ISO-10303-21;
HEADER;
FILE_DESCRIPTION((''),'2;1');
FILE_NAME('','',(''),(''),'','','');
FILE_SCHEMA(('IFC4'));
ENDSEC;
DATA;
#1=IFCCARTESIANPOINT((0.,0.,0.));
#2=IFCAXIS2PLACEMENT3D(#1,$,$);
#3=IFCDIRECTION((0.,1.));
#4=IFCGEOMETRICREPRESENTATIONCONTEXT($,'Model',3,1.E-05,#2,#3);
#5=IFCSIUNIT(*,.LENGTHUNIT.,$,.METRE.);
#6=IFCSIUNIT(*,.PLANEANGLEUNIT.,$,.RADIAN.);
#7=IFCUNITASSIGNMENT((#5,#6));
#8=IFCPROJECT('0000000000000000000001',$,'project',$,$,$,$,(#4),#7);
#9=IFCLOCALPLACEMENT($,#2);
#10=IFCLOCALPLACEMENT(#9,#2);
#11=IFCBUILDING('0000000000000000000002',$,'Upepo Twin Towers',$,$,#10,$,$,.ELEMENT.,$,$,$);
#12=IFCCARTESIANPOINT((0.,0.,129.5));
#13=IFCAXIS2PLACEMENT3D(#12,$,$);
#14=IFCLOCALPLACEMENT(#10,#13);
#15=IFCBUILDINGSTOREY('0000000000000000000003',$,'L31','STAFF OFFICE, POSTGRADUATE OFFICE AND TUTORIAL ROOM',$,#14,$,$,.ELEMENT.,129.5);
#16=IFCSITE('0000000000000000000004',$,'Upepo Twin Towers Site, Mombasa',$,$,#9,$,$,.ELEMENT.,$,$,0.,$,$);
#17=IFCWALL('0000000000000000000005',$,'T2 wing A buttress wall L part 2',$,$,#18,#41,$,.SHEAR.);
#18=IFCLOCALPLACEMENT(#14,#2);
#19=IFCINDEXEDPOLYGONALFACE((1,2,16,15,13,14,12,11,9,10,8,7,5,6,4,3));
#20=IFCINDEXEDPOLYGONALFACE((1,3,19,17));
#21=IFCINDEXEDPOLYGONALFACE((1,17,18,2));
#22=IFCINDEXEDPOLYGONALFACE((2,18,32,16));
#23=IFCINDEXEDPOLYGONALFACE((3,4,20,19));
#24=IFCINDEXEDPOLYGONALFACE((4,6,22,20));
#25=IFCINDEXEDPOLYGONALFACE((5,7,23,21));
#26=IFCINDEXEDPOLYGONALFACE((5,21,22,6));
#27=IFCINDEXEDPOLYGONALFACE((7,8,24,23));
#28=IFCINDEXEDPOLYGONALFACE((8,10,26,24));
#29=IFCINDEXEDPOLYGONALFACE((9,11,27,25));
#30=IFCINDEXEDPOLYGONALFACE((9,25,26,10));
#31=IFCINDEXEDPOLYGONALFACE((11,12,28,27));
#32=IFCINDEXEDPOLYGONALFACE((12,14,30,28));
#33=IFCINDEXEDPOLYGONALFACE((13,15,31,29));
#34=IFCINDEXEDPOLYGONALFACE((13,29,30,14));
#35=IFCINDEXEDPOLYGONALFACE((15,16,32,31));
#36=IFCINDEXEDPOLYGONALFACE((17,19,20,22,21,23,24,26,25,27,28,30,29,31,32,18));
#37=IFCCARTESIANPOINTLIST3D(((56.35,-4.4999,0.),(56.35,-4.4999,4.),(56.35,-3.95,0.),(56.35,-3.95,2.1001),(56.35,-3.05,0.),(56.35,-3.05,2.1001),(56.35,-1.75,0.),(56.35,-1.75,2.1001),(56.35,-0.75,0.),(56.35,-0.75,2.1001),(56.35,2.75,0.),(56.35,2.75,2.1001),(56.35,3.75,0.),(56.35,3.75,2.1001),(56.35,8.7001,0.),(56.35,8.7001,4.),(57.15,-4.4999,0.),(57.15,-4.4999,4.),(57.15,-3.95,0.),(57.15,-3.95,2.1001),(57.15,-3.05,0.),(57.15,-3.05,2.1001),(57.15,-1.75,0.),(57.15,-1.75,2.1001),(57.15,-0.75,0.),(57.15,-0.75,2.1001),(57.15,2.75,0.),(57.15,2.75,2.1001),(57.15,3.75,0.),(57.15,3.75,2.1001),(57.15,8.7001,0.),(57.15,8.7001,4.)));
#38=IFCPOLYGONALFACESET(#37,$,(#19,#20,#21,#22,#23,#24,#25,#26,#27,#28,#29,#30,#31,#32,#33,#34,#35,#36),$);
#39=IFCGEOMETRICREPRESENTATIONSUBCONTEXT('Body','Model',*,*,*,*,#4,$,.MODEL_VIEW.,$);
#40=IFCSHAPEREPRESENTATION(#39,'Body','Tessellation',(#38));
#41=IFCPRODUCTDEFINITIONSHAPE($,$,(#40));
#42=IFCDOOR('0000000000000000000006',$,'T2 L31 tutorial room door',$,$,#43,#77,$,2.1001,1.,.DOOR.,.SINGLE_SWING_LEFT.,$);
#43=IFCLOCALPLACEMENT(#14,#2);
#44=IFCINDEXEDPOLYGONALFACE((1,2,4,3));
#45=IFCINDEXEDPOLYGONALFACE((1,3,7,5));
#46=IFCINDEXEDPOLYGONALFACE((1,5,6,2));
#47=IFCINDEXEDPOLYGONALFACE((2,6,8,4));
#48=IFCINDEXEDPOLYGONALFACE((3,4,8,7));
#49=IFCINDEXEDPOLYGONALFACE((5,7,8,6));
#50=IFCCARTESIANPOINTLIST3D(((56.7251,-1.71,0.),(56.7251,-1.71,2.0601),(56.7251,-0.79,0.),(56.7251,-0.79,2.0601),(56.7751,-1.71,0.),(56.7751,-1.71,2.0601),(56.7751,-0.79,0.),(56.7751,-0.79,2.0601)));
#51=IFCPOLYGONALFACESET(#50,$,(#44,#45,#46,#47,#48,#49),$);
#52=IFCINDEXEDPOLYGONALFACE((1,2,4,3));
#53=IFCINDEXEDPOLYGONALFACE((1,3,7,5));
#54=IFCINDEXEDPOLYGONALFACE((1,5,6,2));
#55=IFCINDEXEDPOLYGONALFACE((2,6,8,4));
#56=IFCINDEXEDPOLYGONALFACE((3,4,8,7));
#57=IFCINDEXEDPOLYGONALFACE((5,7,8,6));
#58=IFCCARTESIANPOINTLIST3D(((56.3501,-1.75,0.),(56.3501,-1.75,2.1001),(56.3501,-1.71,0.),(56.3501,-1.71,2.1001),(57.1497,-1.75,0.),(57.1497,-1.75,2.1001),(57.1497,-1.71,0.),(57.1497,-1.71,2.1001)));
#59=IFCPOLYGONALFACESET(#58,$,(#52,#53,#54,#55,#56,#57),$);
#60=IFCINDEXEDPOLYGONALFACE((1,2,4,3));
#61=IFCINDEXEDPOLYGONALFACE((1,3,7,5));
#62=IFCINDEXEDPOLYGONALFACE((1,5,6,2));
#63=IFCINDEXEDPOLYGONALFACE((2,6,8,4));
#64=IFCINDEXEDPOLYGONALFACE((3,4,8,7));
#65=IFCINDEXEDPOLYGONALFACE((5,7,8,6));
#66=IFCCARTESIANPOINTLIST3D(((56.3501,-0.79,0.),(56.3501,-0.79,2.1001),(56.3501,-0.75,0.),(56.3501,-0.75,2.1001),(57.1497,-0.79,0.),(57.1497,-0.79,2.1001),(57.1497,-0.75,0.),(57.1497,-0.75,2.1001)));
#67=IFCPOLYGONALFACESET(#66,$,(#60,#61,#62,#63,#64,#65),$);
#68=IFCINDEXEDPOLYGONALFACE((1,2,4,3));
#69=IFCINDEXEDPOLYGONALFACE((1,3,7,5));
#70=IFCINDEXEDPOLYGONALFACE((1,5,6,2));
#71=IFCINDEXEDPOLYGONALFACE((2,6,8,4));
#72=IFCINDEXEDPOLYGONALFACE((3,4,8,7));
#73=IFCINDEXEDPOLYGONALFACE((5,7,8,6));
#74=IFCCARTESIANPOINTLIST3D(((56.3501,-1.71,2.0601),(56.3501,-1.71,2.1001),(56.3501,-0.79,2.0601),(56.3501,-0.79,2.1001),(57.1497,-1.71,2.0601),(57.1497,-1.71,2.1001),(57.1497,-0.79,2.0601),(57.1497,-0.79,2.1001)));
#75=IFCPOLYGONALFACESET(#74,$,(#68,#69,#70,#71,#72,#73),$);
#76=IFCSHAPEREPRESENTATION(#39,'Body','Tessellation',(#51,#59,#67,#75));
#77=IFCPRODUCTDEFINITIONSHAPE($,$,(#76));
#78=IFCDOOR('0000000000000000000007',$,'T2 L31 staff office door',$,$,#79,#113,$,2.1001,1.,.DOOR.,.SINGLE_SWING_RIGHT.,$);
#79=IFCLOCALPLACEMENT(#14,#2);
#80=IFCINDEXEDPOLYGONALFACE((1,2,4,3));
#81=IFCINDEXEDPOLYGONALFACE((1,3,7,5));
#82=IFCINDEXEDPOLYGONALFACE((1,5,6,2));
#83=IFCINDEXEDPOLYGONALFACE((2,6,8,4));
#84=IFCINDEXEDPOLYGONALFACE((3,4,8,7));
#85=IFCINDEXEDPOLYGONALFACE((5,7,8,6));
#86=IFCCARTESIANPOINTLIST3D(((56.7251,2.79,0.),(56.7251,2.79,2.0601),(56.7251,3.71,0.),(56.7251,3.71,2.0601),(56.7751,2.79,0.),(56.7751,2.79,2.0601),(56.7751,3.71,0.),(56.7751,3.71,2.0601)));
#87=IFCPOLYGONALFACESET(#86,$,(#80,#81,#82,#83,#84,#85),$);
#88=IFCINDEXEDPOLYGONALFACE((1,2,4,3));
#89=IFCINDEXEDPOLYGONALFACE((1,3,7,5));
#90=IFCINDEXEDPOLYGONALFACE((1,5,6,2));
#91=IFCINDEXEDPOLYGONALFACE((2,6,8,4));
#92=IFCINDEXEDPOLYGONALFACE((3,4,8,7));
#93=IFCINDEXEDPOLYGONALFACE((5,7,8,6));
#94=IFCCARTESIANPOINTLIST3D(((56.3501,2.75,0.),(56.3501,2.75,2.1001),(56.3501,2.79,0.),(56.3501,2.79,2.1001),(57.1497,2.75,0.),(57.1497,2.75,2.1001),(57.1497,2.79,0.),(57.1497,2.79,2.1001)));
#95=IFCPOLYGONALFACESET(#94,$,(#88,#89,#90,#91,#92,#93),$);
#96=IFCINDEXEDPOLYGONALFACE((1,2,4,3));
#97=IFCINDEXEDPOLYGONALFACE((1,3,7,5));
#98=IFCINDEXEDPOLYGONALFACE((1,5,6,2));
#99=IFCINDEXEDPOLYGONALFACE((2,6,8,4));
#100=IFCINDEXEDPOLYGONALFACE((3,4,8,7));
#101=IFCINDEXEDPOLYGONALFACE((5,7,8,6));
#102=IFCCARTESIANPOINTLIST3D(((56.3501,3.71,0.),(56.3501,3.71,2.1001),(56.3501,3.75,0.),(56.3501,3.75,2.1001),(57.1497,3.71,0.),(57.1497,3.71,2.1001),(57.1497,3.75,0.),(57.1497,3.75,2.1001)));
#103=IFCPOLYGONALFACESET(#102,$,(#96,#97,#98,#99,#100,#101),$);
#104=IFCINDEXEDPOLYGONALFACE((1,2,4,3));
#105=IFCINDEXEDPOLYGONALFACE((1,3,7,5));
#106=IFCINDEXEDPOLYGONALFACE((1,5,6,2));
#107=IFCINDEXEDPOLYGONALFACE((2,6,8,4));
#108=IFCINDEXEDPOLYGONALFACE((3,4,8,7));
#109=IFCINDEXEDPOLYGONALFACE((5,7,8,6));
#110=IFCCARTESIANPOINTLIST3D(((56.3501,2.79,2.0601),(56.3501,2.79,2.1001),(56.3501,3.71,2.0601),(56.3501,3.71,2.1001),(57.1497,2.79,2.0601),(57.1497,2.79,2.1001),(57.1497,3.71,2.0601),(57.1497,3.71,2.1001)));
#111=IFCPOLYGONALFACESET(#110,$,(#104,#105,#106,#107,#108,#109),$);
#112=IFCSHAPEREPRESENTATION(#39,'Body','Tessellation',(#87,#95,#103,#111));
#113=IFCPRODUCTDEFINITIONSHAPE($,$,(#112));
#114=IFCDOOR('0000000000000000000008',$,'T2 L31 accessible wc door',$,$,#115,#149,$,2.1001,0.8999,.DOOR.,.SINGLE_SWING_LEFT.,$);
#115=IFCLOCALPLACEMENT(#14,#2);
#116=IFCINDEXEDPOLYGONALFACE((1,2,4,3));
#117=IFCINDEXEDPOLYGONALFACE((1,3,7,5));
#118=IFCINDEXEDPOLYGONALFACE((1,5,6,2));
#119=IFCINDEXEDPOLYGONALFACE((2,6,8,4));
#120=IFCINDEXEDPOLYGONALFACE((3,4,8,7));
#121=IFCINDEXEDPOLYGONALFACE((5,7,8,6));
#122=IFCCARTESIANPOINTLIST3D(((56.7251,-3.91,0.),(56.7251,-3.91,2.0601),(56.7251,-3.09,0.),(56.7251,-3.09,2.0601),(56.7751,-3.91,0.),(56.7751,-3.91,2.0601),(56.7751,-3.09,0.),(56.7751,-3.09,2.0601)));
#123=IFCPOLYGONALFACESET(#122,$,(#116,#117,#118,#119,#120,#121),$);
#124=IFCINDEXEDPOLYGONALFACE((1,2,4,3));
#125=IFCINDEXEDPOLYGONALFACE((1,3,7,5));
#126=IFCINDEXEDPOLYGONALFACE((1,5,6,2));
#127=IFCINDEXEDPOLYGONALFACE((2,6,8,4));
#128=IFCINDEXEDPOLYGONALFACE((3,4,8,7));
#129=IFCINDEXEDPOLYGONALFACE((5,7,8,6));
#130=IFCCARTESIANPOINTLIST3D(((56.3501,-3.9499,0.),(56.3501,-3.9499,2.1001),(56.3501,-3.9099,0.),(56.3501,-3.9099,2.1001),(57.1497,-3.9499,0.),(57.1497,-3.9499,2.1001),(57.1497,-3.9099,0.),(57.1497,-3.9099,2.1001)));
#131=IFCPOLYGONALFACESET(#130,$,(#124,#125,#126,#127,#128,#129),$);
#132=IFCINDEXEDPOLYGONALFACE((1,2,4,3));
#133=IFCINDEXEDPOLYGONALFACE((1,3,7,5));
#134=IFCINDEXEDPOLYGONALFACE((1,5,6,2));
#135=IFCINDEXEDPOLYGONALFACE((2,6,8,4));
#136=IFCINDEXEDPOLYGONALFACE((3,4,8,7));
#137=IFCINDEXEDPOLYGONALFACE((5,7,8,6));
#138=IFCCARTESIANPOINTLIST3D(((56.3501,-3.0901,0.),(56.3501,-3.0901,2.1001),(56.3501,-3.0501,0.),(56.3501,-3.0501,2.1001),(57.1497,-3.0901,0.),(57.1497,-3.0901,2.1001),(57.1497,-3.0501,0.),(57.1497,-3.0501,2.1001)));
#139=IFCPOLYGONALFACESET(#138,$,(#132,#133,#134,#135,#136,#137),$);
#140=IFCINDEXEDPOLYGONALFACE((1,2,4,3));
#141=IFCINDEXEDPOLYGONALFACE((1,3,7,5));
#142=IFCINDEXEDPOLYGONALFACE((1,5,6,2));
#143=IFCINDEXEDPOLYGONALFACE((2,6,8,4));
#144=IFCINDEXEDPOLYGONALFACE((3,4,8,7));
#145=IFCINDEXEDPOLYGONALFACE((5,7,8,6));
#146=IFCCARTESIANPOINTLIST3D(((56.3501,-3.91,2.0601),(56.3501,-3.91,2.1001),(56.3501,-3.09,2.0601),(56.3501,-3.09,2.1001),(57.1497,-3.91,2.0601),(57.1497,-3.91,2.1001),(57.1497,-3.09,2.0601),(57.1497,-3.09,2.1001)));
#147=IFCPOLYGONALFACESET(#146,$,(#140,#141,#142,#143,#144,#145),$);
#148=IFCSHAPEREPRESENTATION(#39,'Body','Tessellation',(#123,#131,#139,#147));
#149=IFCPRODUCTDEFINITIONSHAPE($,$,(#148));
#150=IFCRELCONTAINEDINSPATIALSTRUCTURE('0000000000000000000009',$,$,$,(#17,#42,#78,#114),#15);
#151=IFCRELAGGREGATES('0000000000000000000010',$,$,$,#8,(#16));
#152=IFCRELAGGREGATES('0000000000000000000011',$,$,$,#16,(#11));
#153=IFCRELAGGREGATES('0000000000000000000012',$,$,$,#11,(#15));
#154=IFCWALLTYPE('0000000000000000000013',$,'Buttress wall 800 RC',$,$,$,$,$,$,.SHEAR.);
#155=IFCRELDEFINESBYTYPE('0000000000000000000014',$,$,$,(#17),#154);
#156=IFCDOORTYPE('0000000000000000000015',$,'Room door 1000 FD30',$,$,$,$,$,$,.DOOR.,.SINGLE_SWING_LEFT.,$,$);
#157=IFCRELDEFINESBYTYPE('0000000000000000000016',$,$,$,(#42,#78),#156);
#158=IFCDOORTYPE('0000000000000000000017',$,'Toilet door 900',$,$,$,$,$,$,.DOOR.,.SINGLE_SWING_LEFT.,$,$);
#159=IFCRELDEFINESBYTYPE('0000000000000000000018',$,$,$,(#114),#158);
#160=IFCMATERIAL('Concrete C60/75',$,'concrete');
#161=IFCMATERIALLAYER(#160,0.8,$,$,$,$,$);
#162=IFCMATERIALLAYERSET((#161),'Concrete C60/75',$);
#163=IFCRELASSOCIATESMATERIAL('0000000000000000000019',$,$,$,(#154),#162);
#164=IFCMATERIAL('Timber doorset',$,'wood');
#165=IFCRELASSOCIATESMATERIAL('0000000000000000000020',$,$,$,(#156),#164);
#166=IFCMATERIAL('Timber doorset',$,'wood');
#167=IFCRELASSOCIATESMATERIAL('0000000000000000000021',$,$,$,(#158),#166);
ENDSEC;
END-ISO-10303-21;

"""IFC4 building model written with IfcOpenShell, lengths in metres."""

from ifc_helpers import new_model, si_unit, direction, frame, frame_2d, origin, place, context, subcontext, project, spatial, rectangle, extrude, material, layer, layer_set, type_object, element, fill, save


model = new_model("IFC4")

# Units and contexts
model_context = context("Model", 3, precision=1e-05, world=origin(), true_north=direction((0.0, 1.0)))
body_context = subcontext(model_context, "Body", "Model", "MODEL_VIEW")
ifc_project = project(units=[si_unit("LENGTHUNIT", "METRE"), si_unit("PLANEANGLEUNIT", "RADIAN")], contexts=[model_context])

# Site, building, storey
site_placement = place(None, origin())
site = spatial("IfcSite", under=ifc_project, at=site_placement, Name="Upepo Twin Towers Site, Mombasa", CompositionType="ELEMENT", RefElevation=0.0)
building_placement = place(site_placement, origin())
building = spatial("IfcBuilding", under=site, at=building_placement, Name="Upepo Twin Towers", CompositionType="ELEMENT")
storey_placement = place(building_placement, frame((0.0, 0.0, 129.5)))
storey = spatial("IfcBuildingStorey", under=building, at=storey_placement, Name="L31", Description="STAFF OFFICE, POSTGRADUATE OFFICE AND TUTORIAL ROOM", CompositionType="ELEMENT", Elevation=129.5)

# Wall, openings, doors
ifc_material_1 = material(Name="Concrete C60/75", Category="concrete")
ifc_layer_1 = layer(ifc_material_1, 0.8)
ifc_layer_set_1 = layer_set([ifc_layer_1], Name="Concrete C60/75")
wall_type_1 = type_object("IfcWallType", Name="Buttress wall 800 RC", PredefinedType="SHEAR", material=ifc_layer_set_1)
wall_1_placement = place(storey_placement, frame((56.75, -4.5, 0.0), z_axis=(0.0, 0.0, 1.0), x_axis=(0.0, 1.0, 0.0)))
wall_1 = element("IfcWall", 1, at=wall_1_placement, inside=storey, type_object=wall_type_1, Name="T2 wing A buttress wall L part 2", PredefinedType="SHEAR", context=body_context, shape_type="SweptSolid", body=[
    extrude(rectangle(XDim=13.2, YDim=0.8, at=frame_2d((6.6001, 0.0))), origin(), (0.0, 0.0, 1.0), 4.0),
])
opening_1_placement = place(wall_1_placement, frame((0.55, 0.0, 0.0)))
opening_1 = element("IfcOpeningElement", 2, at=opening_1_placement, cuts=wall_1, PredefinedType="OPENING", context=body_context, shape_type="SweptSolid", body=[
    extrude(rectangle(XDim=0.8999, YDim=2.1001, at=frame_2d((0.45, 1.05))), frame((0.0, 0.4099, 0.0), z_axis=(0.0, -1.0, 0.0), x_axis=(1.0, 0.0, 0.0)), (0.0, 0.0, 1.0), 0.8201),
])
opening_2_placement = place(wall_1_placement, frame((2.75, 0.0, 0.0)))
opening_2 = element("IfcOpeningElement", 3, at=opening_2_placement, cuts=wall_1, PredefinedType="OPENING", context=body_context, shape_type="SweptSolid", body=[
    extrude(rectangle(XDim=1.0, YDim=2.1001, at=frame_2d((0.5, 1.05))), frame((0.0, 0.4099, 0.0), z_axis=(0.0, -1.0, 0.0), x_axis=(1.0, 0.0, 0.0)), (0.0, 0.0, 1.0), 0.8201),
])
opening_3_placement = place(wall_1_placement, frame((7.25, 0.0, 0.0)))
opening_3 = element("IfcOpeningElement", 4, at=opening_3_placement, cuts=wall_1, PredefinedType="OPENING", context=body_context, shape_type="SweptSolid", body=[
    extrude(rectangle(XDim=1.0, YDim=2.1001, at=frame_2d((0.5, 1.05))), frame((0.0, 0.4099, 0.0), z_axis=(0.0, -1.0, 0.0), x_axis=(1.0, 0.0, 0.0)), (0.0, 0.0, 1.0), 0.8201),
])
ifc_material_2 = material(Name="Timber doorset", Category="wood")
door_type_1 = type_object("IfcDoorType", Name="Room door 1000 FD30", OperationType="SINGLE_SWING_LEFT", PredefinedType="DOOR", material=ifc_material_2)
door_1_placement = place(opening_2_placement, origin())
door_1 = element("IfcDoor", 5, at=door_1_placement, inside=storey, type_object=door_type_1, Name="T2 L31 tutorial room door", OperationType="SINGLE_SWING_LEFT", OverallHeight=2.1001, OverallWidth=1.0, PredefinedType="DOOR", context=body_context, shape_type="SweptSolid", body=[
    extrude(rectangle(XDim=0.92, YDim=2.0601, at=frame_2d((0.5, 1.03))), frame((0.0, 0.0249, 0.0), z_axis=(0.0, -1.0, 0.0), x_axis=(1.0, 0.0, 0.0)), (0.0, 0.0, 1.0), 0.05),
    extrude(rectangle(XDim=0.04, YDim=2.1001, at=frame_2d((0.02, 1.05))), frame((0.0, 0.3999, 0.0), z_axis=(0.0, -1.0, 0.0), x_axis=(1.0, 0.0, 0.0)), (0.0, 0.0, 1.0), 0.7996),
    extrude(rectangle(XDim=0.04, YDim=2.1001, at=frame_2d((0.98, 1.05))), frame((0.0, 0.3999, 0.0), z_axis=(0.0, -1.0, 0.0), x_axis=(1.0, 0.0, 0.0)), (0.0, 0.0, 1.0), 0.7996),
    extrude(rectangle(XDim=0.92, YDim=0.04, at=frame_2d((0.5, 2.0801))), frame((0.0, 0.3999, 0.0), z_axis=(0.0, -1.0, 0.0), x_axis=(1.0, 0.0, 0.0)), (0.0, 0.0, 1.0), 0.7996),
])
fill(opening_2, door_1)
door_2_placement = place(opening_3_placement, origin())
door_2 = element("IfcDoor", 6, at=door_2_placement, inside=storey, type_object=door_type_1, Name="T2 L31 staff office door", OperationType="SINGLE_SWING_RIGHT", OverallHeight=2.1001, OverallWidth=1.0, PredefinedType="DOOR", context=body_context, shape_type="SweptSolid", body=[
    extrude(rectangle(XDim=0.92, YDim=2.0601, at=frame_2d((0.5, 1.03))), frame((0.0, 0.0249, 0.0), z_axis=(0.0, -1.0, 0.0), x_axis=(1.0, 0.0, 0.0)), (0.0, 0.0, 1.0), 0.05),
    extrude(rectangle(XDim=0.04, YDim=2.1001, at=frame_2d((0.02, 1.05))), frame((0.0, 0.3999, 0.0), z_axis=(0.0, -1.0, 0.0), x_axis=(1.0, 0.0, 0.0)), (0.0, 0.0, 1.0), 0.7996),
    extrude(rectangle(XDim=0.04, YDim=2.1001, at=frame_2d((0.98, 1.05))), frame((0.0, 0.3999, 0.0), z_axis=(0.0, -1.0, 0.0), x_axis=(1.0, 0.0, 0.0)), (0.0, 0.0, 1.0), 0.7996),
    extrude(rectangle(XDim=0.92, YDim=0.04, at=frame_2d((0.5, 2.0801))), frame((0.0, 0.3999, 0.0), z_axis=(0.0, -1.0, 0.0), x_axis=(1.0, 0.0, 0.0)), (0.0, 0.0, 1.0), 0.7996),
])
fill(opening_3, door_2)
ifc_material_3 = material(Name="Timber doorset", Category="wood")
door_type_2 = type_object("IfcDoorType", Name="Toilet door 900", OperationType="SINGLE_SWING_LEFT", PredefinedType="DOOR", material=ifc_material_3)
door_3_placement = place(opening_1_placement, origin())
door_3 = element("IfcDoor", 7, at=door_3_placement, inside=storey, type_object=door_type_2, Name="T2 L31 accessible wc door", OperationType="SINGLE_SWING_LEFT", OverallHeight=2.1001, OverallWidth=0.8999, PredefinedType="DOOR", context=body_context, shape_type="SweptSolid", body=[
    extrude(rectangle(XDim=0.8199, YDim=2.0601, at=frame_2d((0.45, 1.03))), frame((0.0, 0.0249, 0.0), z_axis=(0.0, -1.0, 0.0), x_axis=(1.0, 0.0, 0.0)), (0.0, 0.0, 1.0), 0.05),
    extrude(rectangle(XDim=0.04, YDim=2.1001, at=frame_2d((0.02, 1.05))), frame((0.0, 0.3999, 0.0), z_axis=(0.0, -1.0, 0.0), x_axis=(1.0, 0.0, 0.0)), (0.0, 0.0, 1.0), 0.7996),
    extrude(rectangle(XDim=0.04, YDim=2.1001, at=frame_2d((0.8799, 1.05))), frame((0.0, 0.3999, 0.0), z_axis=(0.0, -1.0, 0.0), x_axis=(1.0, 0.0, 0.0)), (0.0, 0.0, 1.0), 0.7996),
    extrude(rectangle(XDim=0.8199, YDim=0.04, at=frame_2d((0.45, 2.0801))), frame((0.0, 0.3999, 0.0), z_axis=(0.0, -1.0, 0.0), x_axis=(1.0, 0.0, 0.0)), (0.0, 0.0, 1.0), 0.7996),
])
fill(opening_1, door_3)

save(model, "model.ifc")
